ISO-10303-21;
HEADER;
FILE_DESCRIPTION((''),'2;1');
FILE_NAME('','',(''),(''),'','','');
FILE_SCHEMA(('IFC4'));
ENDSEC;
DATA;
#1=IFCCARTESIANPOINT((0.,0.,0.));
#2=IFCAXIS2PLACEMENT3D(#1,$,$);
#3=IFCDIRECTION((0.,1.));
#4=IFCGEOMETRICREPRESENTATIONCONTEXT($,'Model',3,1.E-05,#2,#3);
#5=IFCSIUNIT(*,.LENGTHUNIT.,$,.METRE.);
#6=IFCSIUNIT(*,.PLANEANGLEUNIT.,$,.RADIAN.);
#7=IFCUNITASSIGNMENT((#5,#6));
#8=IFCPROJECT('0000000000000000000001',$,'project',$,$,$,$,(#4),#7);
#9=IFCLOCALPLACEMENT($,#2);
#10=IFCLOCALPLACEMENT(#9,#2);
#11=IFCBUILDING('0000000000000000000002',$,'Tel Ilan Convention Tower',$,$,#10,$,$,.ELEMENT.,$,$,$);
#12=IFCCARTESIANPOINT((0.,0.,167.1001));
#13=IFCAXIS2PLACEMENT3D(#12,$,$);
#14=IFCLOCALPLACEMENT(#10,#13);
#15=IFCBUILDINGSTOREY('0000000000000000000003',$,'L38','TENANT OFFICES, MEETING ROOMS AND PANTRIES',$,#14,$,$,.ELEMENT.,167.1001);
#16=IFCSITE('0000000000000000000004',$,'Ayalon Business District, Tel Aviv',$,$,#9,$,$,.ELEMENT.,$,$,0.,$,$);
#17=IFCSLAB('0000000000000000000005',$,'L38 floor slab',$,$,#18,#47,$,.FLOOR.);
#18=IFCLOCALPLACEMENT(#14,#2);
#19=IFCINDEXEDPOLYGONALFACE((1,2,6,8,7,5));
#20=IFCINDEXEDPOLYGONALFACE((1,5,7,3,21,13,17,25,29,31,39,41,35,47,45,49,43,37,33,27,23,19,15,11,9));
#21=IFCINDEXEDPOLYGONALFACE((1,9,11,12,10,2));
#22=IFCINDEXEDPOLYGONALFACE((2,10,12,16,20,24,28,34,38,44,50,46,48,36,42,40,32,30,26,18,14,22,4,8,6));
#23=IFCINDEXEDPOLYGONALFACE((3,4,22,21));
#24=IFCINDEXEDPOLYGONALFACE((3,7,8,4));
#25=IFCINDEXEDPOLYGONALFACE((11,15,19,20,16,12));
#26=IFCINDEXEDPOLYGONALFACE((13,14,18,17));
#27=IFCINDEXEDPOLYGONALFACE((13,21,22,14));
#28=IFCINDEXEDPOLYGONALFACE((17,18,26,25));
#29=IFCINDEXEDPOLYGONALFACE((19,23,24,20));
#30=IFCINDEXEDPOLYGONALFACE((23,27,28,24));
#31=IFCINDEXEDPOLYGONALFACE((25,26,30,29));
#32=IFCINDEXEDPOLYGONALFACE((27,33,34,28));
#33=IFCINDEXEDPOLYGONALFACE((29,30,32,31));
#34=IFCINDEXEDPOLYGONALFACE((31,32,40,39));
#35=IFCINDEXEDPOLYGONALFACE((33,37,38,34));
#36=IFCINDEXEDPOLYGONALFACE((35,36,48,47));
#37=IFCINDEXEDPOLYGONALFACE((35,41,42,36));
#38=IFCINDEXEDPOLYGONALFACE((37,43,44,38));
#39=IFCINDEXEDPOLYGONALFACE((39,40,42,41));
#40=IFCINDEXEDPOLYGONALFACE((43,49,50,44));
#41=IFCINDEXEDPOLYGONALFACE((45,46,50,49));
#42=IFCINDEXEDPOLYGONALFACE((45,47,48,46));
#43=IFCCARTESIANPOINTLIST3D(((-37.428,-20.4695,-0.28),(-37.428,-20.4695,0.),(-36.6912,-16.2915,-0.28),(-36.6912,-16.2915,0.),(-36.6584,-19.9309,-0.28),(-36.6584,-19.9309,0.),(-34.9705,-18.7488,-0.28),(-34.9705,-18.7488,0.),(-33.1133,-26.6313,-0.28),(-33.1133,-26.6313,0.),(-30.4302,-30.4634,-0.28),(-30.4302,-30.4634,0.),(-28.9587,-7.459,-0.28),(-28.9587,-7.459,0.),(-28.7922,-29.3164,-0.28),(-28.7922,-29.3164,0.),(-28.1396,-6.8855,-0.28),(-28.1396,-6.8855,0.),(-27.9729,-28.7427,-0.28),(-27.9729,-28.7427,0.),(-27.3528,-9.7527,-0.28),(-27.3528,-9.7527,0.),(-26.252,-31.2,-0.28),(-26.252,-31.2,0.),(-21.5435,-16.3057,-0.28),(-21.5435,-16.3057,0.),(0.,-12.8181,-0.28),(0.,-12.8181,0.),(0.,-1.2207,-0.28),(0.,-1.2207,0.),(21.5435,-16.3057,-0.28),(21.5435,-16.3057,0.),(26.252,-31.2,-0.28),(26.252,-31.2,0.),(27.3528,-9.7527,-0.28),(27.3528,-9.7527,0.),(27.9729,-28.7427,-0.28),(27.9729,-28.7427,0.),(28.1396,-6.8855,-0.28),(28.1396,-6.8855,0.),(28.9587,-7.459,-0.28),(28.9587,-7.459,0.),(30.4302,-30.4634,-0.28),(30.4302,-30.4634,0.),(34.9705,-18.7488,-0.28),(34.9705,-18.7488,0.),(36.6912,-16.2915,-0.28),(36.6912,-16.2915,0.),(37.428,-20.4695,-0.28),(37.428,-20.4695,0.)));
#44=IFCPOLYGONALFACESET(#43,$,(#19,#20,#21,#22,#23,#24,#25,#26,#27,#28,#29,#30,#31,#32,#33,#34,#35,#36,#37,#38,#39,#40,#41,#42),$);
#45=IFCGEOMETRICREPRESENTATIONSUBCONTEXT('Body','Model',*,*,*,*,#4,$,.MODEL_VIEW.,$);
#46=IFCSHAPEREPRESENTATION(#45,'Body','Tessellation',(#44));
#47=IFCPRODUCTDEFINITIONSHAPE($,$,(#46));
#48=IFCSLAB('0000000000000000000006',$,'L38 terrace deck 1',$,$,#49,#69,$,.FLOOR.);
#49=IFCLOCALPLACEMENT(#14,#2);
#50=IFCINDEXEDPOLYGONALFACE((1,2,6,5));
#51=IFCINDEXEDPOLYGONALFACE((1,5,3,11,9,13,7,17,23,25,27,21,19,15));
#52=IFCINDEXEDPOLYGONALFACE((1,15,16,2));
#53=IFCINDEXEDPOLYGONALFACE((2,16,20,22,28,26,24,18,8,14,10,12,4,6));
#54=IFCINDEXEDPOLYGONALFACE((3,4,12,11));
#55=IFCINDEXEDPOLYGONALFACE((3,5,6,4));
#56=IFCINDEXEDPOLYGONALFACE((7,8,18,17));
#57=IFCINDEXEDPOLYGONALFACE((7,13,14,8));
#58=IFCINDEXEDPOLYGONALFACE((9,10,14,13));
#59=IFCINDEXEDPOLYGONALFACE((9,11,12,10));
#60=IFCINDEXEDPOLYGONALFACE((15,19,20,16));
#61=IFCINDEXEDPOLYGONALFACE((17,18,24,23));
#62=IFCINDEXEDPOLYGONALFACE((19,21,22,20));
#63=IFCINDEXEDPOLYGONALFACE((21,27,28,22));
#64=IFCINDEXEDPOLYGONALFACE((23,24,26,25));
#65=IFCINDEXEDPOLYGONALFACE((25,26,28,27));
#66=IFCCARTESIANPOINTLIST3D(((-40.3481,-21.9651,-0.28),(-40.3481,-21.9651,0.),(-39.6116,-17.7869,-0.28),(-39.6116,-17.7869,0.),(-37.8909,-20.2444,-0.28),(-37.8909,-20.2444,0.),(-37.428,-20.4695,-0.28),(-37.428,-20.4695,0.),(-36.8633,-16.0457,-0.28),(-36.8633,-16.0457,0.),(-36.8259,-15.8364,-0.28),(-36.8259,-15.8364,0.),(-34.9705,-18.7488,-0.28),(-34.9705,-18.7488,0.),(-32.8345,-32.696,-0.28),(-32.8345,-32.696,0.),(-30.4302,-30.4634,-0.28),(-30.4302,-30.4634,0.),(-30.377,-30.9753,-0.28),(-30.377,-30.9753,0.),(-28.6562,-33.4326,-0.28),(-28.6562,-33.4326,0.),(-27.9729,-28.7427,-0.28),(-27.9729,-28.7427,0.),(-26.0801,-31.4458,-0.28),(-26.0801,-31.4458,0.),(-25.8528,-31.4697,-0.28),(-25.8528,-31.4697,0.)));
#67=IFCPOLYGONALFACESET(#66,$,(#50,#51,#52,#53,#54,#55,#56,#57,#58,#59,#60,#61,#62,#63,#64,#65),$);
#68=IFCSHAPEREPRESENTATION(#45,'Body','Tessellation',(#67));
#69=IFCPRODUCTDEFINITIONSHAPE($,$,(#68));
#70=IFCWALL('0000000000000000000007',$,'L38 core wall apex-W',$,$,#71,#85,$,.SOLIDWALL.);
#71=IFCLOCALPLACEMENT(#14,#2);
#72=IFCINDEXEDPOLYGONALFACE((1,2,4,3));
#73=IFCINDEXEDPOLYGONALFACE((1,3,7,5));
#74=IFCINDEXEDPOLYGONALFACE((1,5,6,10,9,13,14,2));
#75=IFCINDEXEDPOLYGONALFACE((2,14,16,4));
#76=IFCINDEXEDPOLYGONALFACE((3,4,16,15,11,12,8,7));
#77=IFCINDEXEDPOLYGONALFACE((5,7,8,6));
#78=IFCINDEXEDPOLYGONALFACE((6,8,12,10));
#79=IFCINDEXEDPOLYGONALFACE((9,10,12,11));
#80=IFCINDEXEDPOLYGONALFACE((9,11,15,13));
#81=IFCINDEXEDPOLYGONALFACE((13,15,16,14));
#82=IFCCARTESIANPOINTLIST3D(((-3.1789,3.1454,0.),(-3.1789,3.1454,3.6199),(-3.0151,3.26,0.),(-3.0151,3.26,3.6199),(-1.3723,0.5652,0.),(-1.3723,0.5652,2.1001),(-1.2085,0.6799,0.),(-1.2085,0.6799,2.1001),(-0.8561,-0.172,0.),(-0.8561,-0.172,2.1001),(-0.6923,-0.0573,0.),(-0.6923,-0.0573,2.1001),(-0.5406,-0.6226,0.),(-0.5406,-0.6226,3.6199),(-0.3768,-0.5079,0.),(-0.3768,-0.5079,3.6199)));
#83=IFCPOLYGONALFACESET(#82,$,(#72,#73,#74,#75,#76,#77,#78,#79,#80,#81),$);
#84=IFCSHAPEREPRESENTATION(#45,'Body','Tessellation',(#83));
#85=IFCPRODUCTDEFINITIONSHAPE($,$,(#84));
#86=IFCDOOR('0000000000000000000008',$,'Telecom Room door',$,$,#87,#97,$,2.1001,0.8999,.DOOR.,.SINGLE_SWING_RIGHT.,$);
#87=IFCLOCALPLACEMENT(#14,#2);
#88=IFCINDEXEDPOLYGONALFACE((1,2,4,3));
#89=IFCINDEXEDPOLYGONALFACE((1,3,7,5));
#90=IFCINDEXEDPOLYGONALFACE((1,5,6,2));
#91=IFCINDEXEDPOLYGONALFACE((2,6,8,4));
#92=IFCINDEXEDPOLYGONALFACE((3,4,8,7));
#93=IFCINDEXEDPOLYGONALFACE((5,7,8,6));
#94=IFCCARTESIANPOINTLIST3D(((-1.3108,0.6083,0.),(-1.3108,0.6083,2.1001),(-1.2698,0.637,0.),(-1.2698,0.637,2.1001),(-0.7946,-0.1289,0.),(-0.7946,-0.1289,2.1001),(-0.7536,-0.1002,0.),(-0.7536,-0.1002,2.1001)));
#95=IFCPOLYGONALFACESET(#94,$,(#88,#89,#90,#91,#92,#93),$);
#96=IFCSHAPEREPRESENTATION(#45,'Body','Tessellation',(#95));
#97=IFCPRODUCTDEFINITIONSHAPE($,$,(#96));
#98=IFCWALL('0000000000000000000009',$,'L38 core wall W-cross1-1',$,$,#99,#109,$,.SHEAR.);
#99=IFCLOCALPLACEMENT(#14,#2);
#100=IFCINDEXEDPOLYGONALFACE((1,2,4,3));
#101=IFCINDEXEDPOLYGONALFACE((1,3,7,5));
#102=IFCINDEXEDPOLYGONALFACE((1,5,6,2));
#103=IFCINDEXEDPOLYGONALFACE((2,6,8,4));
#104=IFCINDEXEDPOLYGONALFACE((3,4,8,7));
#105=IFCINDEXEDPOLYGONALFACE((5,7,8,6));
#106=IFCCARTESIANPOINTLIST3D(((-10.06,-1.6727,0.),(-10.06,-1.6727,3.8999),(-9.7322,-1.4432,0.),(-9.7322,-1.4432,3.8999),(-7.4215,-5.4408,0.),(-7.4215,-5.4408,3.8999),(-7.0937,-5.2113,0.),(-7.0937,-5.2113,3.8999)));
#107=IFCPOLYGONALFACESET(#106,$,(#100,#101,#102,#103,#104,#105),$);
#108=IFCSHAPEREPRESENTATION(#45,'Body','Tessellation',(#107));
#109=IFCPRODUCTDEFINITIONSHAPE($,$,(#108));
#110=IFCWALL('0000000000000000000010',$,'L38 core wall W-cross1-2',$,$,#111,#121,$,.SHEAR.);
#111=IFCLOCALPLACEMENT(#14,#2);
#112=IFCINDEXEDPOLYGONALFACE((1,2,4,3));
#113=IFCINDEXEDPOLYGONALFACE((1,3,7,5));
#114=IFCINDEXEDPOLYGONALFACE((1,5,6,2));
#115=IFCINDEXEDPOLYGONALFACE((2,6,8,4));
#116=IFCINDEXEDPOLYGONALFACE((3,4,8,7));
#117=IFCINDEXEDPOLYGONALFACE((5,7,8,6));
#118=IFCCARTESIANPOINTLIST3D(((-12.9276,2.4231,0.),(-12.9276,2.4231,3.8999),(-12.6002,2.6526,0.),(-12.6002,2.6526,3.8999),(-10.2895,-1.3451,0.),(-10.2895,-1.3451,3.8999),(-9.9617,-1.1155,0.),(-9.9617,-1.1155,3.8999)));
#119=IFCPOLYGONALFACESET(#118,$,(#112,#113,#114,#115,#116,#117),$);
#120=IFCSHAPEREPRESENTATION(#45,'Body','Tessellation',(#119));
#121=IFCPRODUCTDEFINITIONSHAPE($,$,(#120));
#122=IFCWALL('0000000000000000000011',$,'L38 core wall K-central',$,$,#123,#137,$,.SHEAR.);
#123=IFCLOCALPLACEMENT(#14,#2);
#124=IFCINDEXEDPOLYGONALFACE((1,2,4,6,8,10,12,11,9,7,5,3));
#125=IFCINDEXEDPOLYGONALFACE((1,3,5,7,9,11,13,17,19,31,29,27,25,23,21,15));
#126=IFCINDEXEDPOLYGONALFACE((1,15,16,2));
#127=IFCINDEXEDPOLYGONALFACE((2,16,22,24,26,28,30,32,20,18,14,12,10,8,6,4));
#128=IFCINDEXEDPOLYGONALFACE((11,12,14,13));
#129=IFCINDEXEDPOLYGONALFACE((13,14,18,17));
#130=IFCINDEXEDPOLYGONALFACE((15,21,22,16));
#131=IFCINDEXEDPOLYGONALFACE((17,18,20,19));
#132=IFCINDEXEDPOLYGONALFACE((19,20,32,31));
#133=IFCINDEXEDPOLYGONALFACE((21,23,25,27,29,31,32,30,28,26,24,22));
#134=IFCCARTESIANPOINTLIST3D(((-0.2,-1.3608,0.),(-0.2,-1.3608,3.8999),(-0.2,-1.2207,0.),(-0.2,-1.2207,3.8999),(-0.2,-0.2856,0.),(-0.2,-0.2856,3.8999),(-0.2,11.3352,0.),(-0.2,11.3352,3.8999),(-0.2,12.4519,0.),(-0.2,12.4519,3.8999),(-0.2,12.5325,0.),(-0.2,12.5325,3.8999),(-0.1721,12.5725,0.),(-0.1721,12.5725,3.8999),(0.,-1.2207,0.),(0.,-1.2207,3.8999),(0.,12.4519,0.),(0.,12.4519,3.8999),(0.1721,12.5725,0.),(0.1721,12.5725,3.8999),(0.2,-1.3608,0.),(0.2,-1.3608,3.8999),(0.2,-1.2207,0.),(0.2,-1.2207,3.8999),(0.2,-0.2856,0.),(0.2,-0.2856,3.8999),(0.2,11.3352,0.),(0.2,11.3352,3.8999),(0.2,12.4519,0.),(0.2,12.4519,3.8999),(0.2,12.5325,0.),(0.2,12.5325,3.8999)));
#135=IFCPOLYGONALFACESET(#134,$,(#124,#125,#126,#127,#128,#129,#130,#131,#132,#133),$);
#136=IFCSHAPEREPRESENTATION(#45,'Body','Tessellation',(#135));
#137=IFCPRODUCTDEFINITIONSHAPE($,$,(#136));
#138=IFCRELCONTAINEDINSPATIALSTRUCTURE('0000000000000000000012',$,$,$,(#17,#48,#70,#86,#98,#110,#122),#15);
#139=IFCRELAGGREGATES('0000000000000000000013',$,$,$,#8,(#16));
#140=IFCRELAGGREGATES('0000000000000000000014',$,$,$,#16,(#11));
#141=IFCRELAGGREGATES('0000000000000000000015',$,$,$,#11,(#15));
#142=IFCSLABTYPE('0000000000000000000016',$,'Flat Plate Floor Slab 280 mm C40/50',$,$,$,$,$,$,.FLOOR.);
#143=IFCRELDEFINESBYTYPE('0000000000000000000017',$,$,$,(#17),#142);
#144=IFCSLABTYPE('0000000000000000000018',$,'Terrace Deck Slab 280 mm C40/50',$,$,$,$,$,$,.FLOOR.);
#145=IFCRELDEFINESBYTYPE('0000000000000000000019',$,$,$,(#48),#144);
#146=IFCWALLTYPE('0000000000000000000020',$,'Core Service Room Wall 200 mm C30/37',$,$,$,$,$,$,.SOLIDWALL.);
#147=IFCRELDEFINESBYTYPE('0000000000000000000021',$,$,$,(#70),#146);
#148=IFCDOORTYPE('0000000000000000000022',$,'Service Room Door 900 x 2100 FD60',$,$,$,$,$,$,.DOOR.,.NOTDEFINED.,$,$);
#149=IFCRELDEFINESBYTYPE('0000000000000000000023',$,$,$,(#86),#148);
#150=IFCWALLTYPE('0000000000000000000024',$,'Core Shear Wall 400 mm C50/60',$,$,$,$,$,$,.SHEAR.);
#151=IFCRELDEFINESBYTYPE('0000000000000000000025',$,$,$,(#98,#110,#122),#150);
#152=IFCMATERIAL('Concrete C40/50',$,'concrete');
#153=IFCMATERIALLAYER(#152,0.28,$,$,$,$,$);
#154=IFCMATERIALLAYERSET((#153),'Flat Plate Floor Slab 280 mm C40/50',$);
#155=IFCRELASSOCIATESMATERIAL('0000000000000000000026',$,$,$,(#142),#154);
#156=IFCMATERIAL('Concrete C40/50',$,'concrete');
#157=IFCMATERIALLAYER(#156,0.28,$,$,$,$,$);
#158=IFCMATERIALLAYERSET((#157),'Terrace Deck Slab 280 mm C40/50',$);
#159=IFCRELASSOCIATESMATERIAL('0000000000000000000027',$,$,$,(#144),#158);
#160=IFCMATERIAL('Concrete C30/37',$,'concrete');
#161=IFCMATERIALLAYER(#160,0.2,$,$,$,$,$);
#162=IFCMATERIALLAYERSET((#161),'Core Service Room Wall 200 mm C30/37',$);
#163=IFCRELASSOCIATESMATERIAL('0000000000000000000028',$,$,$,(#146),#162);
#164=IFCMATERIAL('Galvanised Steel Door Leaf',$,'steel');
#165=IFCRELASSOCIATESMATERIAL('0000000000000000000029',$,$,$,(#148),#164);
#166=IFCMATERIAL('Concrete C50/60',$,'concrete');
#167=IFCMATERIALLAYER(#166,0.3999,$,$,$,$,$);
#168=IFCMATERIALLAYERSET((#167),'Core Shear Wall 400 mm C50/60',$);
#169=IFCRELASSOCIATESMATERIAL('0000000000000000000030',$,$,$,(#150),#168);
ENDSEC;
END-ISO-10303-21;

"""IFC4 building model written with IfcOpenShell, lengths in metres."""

from ifc_helpers import new_model, si_unit, direction, frame, frame_2d, origin, place, context, subcontext, project, spatial, polyline, rectangle, outline, extrude, material, layer, layer_set, type_object, element, fill, save


model = new_model("IFC4")

# Units and contexts
model_context = context("Model", 3, precision=1e-05, world=origin(), true_north=direction((0.0, 1.0)))
body_context = subcontext(model_context, "Body", "Model", "MODEL_VIEW")
ifc_project = project(units=[si_unit("LENGTHUNIT", "METRE"), si_unit("PLANEANGLEUNIT", "RADIAN")], contexts=[model_context])

# Site, building, storey
site_placement = place(None, origin())
site = spatial("IfcSite", under=ifc_project, at=site_placement, Name="Ayalon Business District, Tel Aviv", CompositionType="ELEMENT", RefElevation=0.0)
building_placement = place(site_placement, origin())
building = spatial("IfcBuilding", under=site, at=building_placement, Name="Tel Ilan Convention Tower", CompositionType="ELEMENT")
storey_placement = place(building_placement, frame((0.0, 0.0, 167.1001)))
storey = spatial("IfcBuildingStorey", under=building, at=storey_placement, Name="L38", Description="TENANT OFFICES, MEETING ROOMS AND PANTRIES", CompositionType="ELEMENT", Elevation=167.1001)

# Slabs
ifc_material_1 = material(Name="Concrete C40/50", Category="concrete")
ifc_layer_1 = layer(ifc_material_1, 0.28)
ifc_layer_set_1 = layer_set([ifc_layer_1], Name="Flat Plate Floor Slab 280 mm C40/50")
slab_type_1 = type_object("IfcSlabType", Name="Flat Plate Floor Slab 280 mm C40/50", PredefinedType="FLOOR", material=ifc_layer_set_1)
slab_1_placement = place(storey_placement, frame((0.0, 0.0, -0.28)))
element("IfcSlab", 1, at=slab_1_placement, inside=storey, type_object=slab_type_1, Name="L38 floor slab", PredefinedType="FLOOR", context=body_context, shape_type="SweptSolid", body=[
    extrude(outline(polyline([(-27.9729, -28.7427), (-28.7922, -29.3164), (-30.4302, -30.4634), (-33.1133, -26.6313), (-37.428, -20.4695), (-36.6584, -19.9309), (-34.9705, -18.7488), (-36.6912, -16.2915), (-27.3528, -9.7527), (-28.9587, -7.459), (-28.1396, -6.8855), (-21.5435, -16.3057), (0.0, -1.2207), (21.5435, -16.3057), (28.1396, -6.8855), (28.9587, -7.459), (27.3528, -9.7527), (36.6912, -16.2915), (34.9705, -18.7488), (37.428, -20.4695), (30.4302, -30.4634), (27.9729, -28.7427), (26.252, -31.2), (0.0, -12.8181), (-26.252, -31.2), (-27.9729, -28.7427), (-27.9729, -28.7427)])), origin(), (0.0, 0.0, 1.0), 0.28),
])
ifc_material_2 = material(Name="Concrete C40/50", Category="concrete")
ifc_layer_2 = layer(ifc_material_2, 0.28)
ifc_layer_set_2 = layer_set([ifc_layer_2], Name="Terrace Deck Slab 280 mm C40/50")
slab_type_2 = type_object("IfcSlabType", Name="Terrace Deck Slab 280 mm C40/50", PredefinedType="FLOOR", material=ifc_layer_set_2)
slab_2_placement = place(storey_placement, frame((0.0, 0.0, -0.28)))
element("IfcSlab", 2, at=slab_2_placement, inside=storey, type_object=slab_type_2, Name="L38 terrace deck 1", PredefinedType="FLOOR", context=body_context, shape_type="SweptSolid", body=[
    extrude(outline(polyline([(-30.377, -30.9753), (-32.8345, -32.696), (-40.3481, -21.9651), (-37.8909, -20.2444), (-39.6116, -17.7869), (-36.8259, -15.8364), (-36.8633, -16.0457), (-34.9705, -18.7488), (-37.428, -20.4695), (-30.4302, -30.4634), (-27.9729, -28.7427), (-26.0801, -31.4458), (-25.8528, -31.4697), (-28.6562, -33.4326), (-30.377, -30.9753)])), origin(), (0.0, 0.0, 1.0), 0.28),
])

# Wall, opening, door
ifc_material_3 = material(Name="Concrete C30/37", Category="concrete")
ifc_layer_3 = layer(ifc_material_3, 0.2)
ifc_layer_set_3 = layer_set([ifc_layer_3], Name="Core Service Room Wall 200 mm C30/37")
wall_type_1 = type_object("IfcWallType", Name="Core Service Room Wall 200 mm C30/37", PredefinedType="SOLIDWALL", material=ifc_layer_set_3)
wall_1_placement = place(storey_placement, frame((-0.4587, -0.5652, 0.0), z_axis=(0.0, 0.0, 1.0), x_axis=(-0.573576, 0.819152, 0.0)))
wall_1 = element("IfcWall", 3, at=wall_1_placement, inside=storey, type_object=wall_type_1, Name="L38 core wall apex-W", PredefinedType="SOLIDWALL", context=body_context, shape_type="SweptSolid", body=[
    extrude(rectangle(XDim=4.5999, YDim=0.2, at=frame_2d((2.2998, 0.0))), origin(), (0.0, 0.0, 1.0), 3.6199),
])
opening_1_placement = place(wall_1_placement, frame((0.55, 0.0, 0.0)))
opening_1 = element("IfcOpeningElement", 4, at=opening_1_placement, cuts=wall_1, PredefinedType="OPENING", context=body_context, shape_type="SweptSolid", body=[
    extrude(rectangle(XDim=0.8999, YDim=2.1001, at=frame_2d((0.45, 1.05))), frame((0.0, 0.1099, 0.0), z_axis=(0.0, -1.0, 0.0), x_axis=(1.0, 0.0, 0.0)), (0.0, 0.0, 1.0), 0.22),
])
ifc_material_4 = material(Name="Galvanised Steel Door Leaf", Category="steel")
door_type_1 = type_object("IfcDoorType", Name="Service Room Door 900 x 2100 FD60", OperationType="NOTDEFINED", PredefinedType="DOOR", material=ifc_material_4)
door_1_placement = place(opening_1_placement, origin())
door_1 = element("IfcDoor", 5, at=door_1_placement, inside=storey, type_object=door_type_1, Name="Telecom Room door", OperationType="SINGLE_SWING_RIGHT", OverallHeight=2.1001, OverallWidth=0.8999, PredefinedType="DOOR", context=body_context, shape_type="SweptSolid", body=[
    extrude(rectangle(XDim=0.8999, YDim=2.1001, at=frame_2d((0.45, 1.05))), frame((0.0, 0.0249, 0.0), z_axis=(0.0, -1.0, 0.0), x_axis=(1.0, 0.0, 0.0)), (0.0, 0.0, 1.0), 0.05),
])
fill(opening_1, door_1)

# Walls
ifc_material_5 = material(Name="Concrete C50/60", Category="concrete")
ifc_layer_4 = layer(ifc_material_5, 0.3999)
ifc_layer_set_4 = layer_set([ifc_layer_4], Name="Core Shear Wall 400 mm C50/60")
wall_type_2 = type_object("IfcWallType", Name="Core Shear Wall 400 mm C50/60", PredefinedType="SHEAR", material=ifc_layer_set_4)
wall_2_placement = place(storey_placement, frame((-7.2578, -5.3259, 0.0), z_axis=(0.0, 0.0, 1.0), x_axis=(-0.573541, 0.819177, 0.0)))
element("IfcWall", 6, at=wall_2_placement, inside=storey, type_object=wall_type_2, Name="L38 core wall W-cross1-1", PredefinedType="SHEAR", context=body_context, shape_type="SweptSolid", body=[
    extrude(outline(polyline([(4.5999, 0.2002), (-0.0002, 0.2), (-0.0002, -0.2002), (4.5999, -0.2), (4.5999, 0.2002)])), origin(), (0.0, 0.0, 1.0), 3.8999),
])
wall_3_placement = place(storey_placement, frame((-10.1255, -1.2302, 0.0), z_axis=(0.0, 0.0, 1.0), x_axis=(-0.573576, 0.819152, 0.0)))
element("IfcWall", 7, at=wall_3_placement, inside=storey, type_object=wall_type_2, Name="L38 core wall W-cross1-2", PredefinedType="SHEAR", context=body_context, shape_type="SweptSolid", body=[
    extrude(outline(polyline([(4.6001, -0.2), (4.5999, 0.2), (0.0, 0.2002), (0.0, -0.2), (4.6001, -0.2)])), origin(), (0.0, 0.0, 1.0), 3.8999),
])
wall_4_placement = place(storey_placement, frame((0.0, -1.3608, 0.0), z_axis=(0.0, 0.0, 1.0), x_axis=(0.0, 1.0, 0.0)))
element("IfcWall", 8, at=wall_4_placement, inside=storey, type_object=wall_type_2, Name="L38 core wall K-central", PredefinedType="SHEAR", context=body_context, shape_type="SweptSolid", body=[
    extrude(outline(polyline([(0.0, -0.2), (0.1401, -0.2), (1.0752, -0.2), (12.696, -0.2), (13.8127, -0.2), (13.8933, -0.2), (13.9333, -0.1721), (13.8127, 0.0), (13.9333, 0.1721), (13.8933, 0.2), (13.8127, 0.2), (12.696, 0.2), (1.0752, 0.2), (0.1401, 0.2), (0.0, 0.2), (0.1401, 0.0), (0.0, -0.2)])), origin(), (0.0, 0.0, 1.0), 3.8999),
])

save(model, "model.ifc")
